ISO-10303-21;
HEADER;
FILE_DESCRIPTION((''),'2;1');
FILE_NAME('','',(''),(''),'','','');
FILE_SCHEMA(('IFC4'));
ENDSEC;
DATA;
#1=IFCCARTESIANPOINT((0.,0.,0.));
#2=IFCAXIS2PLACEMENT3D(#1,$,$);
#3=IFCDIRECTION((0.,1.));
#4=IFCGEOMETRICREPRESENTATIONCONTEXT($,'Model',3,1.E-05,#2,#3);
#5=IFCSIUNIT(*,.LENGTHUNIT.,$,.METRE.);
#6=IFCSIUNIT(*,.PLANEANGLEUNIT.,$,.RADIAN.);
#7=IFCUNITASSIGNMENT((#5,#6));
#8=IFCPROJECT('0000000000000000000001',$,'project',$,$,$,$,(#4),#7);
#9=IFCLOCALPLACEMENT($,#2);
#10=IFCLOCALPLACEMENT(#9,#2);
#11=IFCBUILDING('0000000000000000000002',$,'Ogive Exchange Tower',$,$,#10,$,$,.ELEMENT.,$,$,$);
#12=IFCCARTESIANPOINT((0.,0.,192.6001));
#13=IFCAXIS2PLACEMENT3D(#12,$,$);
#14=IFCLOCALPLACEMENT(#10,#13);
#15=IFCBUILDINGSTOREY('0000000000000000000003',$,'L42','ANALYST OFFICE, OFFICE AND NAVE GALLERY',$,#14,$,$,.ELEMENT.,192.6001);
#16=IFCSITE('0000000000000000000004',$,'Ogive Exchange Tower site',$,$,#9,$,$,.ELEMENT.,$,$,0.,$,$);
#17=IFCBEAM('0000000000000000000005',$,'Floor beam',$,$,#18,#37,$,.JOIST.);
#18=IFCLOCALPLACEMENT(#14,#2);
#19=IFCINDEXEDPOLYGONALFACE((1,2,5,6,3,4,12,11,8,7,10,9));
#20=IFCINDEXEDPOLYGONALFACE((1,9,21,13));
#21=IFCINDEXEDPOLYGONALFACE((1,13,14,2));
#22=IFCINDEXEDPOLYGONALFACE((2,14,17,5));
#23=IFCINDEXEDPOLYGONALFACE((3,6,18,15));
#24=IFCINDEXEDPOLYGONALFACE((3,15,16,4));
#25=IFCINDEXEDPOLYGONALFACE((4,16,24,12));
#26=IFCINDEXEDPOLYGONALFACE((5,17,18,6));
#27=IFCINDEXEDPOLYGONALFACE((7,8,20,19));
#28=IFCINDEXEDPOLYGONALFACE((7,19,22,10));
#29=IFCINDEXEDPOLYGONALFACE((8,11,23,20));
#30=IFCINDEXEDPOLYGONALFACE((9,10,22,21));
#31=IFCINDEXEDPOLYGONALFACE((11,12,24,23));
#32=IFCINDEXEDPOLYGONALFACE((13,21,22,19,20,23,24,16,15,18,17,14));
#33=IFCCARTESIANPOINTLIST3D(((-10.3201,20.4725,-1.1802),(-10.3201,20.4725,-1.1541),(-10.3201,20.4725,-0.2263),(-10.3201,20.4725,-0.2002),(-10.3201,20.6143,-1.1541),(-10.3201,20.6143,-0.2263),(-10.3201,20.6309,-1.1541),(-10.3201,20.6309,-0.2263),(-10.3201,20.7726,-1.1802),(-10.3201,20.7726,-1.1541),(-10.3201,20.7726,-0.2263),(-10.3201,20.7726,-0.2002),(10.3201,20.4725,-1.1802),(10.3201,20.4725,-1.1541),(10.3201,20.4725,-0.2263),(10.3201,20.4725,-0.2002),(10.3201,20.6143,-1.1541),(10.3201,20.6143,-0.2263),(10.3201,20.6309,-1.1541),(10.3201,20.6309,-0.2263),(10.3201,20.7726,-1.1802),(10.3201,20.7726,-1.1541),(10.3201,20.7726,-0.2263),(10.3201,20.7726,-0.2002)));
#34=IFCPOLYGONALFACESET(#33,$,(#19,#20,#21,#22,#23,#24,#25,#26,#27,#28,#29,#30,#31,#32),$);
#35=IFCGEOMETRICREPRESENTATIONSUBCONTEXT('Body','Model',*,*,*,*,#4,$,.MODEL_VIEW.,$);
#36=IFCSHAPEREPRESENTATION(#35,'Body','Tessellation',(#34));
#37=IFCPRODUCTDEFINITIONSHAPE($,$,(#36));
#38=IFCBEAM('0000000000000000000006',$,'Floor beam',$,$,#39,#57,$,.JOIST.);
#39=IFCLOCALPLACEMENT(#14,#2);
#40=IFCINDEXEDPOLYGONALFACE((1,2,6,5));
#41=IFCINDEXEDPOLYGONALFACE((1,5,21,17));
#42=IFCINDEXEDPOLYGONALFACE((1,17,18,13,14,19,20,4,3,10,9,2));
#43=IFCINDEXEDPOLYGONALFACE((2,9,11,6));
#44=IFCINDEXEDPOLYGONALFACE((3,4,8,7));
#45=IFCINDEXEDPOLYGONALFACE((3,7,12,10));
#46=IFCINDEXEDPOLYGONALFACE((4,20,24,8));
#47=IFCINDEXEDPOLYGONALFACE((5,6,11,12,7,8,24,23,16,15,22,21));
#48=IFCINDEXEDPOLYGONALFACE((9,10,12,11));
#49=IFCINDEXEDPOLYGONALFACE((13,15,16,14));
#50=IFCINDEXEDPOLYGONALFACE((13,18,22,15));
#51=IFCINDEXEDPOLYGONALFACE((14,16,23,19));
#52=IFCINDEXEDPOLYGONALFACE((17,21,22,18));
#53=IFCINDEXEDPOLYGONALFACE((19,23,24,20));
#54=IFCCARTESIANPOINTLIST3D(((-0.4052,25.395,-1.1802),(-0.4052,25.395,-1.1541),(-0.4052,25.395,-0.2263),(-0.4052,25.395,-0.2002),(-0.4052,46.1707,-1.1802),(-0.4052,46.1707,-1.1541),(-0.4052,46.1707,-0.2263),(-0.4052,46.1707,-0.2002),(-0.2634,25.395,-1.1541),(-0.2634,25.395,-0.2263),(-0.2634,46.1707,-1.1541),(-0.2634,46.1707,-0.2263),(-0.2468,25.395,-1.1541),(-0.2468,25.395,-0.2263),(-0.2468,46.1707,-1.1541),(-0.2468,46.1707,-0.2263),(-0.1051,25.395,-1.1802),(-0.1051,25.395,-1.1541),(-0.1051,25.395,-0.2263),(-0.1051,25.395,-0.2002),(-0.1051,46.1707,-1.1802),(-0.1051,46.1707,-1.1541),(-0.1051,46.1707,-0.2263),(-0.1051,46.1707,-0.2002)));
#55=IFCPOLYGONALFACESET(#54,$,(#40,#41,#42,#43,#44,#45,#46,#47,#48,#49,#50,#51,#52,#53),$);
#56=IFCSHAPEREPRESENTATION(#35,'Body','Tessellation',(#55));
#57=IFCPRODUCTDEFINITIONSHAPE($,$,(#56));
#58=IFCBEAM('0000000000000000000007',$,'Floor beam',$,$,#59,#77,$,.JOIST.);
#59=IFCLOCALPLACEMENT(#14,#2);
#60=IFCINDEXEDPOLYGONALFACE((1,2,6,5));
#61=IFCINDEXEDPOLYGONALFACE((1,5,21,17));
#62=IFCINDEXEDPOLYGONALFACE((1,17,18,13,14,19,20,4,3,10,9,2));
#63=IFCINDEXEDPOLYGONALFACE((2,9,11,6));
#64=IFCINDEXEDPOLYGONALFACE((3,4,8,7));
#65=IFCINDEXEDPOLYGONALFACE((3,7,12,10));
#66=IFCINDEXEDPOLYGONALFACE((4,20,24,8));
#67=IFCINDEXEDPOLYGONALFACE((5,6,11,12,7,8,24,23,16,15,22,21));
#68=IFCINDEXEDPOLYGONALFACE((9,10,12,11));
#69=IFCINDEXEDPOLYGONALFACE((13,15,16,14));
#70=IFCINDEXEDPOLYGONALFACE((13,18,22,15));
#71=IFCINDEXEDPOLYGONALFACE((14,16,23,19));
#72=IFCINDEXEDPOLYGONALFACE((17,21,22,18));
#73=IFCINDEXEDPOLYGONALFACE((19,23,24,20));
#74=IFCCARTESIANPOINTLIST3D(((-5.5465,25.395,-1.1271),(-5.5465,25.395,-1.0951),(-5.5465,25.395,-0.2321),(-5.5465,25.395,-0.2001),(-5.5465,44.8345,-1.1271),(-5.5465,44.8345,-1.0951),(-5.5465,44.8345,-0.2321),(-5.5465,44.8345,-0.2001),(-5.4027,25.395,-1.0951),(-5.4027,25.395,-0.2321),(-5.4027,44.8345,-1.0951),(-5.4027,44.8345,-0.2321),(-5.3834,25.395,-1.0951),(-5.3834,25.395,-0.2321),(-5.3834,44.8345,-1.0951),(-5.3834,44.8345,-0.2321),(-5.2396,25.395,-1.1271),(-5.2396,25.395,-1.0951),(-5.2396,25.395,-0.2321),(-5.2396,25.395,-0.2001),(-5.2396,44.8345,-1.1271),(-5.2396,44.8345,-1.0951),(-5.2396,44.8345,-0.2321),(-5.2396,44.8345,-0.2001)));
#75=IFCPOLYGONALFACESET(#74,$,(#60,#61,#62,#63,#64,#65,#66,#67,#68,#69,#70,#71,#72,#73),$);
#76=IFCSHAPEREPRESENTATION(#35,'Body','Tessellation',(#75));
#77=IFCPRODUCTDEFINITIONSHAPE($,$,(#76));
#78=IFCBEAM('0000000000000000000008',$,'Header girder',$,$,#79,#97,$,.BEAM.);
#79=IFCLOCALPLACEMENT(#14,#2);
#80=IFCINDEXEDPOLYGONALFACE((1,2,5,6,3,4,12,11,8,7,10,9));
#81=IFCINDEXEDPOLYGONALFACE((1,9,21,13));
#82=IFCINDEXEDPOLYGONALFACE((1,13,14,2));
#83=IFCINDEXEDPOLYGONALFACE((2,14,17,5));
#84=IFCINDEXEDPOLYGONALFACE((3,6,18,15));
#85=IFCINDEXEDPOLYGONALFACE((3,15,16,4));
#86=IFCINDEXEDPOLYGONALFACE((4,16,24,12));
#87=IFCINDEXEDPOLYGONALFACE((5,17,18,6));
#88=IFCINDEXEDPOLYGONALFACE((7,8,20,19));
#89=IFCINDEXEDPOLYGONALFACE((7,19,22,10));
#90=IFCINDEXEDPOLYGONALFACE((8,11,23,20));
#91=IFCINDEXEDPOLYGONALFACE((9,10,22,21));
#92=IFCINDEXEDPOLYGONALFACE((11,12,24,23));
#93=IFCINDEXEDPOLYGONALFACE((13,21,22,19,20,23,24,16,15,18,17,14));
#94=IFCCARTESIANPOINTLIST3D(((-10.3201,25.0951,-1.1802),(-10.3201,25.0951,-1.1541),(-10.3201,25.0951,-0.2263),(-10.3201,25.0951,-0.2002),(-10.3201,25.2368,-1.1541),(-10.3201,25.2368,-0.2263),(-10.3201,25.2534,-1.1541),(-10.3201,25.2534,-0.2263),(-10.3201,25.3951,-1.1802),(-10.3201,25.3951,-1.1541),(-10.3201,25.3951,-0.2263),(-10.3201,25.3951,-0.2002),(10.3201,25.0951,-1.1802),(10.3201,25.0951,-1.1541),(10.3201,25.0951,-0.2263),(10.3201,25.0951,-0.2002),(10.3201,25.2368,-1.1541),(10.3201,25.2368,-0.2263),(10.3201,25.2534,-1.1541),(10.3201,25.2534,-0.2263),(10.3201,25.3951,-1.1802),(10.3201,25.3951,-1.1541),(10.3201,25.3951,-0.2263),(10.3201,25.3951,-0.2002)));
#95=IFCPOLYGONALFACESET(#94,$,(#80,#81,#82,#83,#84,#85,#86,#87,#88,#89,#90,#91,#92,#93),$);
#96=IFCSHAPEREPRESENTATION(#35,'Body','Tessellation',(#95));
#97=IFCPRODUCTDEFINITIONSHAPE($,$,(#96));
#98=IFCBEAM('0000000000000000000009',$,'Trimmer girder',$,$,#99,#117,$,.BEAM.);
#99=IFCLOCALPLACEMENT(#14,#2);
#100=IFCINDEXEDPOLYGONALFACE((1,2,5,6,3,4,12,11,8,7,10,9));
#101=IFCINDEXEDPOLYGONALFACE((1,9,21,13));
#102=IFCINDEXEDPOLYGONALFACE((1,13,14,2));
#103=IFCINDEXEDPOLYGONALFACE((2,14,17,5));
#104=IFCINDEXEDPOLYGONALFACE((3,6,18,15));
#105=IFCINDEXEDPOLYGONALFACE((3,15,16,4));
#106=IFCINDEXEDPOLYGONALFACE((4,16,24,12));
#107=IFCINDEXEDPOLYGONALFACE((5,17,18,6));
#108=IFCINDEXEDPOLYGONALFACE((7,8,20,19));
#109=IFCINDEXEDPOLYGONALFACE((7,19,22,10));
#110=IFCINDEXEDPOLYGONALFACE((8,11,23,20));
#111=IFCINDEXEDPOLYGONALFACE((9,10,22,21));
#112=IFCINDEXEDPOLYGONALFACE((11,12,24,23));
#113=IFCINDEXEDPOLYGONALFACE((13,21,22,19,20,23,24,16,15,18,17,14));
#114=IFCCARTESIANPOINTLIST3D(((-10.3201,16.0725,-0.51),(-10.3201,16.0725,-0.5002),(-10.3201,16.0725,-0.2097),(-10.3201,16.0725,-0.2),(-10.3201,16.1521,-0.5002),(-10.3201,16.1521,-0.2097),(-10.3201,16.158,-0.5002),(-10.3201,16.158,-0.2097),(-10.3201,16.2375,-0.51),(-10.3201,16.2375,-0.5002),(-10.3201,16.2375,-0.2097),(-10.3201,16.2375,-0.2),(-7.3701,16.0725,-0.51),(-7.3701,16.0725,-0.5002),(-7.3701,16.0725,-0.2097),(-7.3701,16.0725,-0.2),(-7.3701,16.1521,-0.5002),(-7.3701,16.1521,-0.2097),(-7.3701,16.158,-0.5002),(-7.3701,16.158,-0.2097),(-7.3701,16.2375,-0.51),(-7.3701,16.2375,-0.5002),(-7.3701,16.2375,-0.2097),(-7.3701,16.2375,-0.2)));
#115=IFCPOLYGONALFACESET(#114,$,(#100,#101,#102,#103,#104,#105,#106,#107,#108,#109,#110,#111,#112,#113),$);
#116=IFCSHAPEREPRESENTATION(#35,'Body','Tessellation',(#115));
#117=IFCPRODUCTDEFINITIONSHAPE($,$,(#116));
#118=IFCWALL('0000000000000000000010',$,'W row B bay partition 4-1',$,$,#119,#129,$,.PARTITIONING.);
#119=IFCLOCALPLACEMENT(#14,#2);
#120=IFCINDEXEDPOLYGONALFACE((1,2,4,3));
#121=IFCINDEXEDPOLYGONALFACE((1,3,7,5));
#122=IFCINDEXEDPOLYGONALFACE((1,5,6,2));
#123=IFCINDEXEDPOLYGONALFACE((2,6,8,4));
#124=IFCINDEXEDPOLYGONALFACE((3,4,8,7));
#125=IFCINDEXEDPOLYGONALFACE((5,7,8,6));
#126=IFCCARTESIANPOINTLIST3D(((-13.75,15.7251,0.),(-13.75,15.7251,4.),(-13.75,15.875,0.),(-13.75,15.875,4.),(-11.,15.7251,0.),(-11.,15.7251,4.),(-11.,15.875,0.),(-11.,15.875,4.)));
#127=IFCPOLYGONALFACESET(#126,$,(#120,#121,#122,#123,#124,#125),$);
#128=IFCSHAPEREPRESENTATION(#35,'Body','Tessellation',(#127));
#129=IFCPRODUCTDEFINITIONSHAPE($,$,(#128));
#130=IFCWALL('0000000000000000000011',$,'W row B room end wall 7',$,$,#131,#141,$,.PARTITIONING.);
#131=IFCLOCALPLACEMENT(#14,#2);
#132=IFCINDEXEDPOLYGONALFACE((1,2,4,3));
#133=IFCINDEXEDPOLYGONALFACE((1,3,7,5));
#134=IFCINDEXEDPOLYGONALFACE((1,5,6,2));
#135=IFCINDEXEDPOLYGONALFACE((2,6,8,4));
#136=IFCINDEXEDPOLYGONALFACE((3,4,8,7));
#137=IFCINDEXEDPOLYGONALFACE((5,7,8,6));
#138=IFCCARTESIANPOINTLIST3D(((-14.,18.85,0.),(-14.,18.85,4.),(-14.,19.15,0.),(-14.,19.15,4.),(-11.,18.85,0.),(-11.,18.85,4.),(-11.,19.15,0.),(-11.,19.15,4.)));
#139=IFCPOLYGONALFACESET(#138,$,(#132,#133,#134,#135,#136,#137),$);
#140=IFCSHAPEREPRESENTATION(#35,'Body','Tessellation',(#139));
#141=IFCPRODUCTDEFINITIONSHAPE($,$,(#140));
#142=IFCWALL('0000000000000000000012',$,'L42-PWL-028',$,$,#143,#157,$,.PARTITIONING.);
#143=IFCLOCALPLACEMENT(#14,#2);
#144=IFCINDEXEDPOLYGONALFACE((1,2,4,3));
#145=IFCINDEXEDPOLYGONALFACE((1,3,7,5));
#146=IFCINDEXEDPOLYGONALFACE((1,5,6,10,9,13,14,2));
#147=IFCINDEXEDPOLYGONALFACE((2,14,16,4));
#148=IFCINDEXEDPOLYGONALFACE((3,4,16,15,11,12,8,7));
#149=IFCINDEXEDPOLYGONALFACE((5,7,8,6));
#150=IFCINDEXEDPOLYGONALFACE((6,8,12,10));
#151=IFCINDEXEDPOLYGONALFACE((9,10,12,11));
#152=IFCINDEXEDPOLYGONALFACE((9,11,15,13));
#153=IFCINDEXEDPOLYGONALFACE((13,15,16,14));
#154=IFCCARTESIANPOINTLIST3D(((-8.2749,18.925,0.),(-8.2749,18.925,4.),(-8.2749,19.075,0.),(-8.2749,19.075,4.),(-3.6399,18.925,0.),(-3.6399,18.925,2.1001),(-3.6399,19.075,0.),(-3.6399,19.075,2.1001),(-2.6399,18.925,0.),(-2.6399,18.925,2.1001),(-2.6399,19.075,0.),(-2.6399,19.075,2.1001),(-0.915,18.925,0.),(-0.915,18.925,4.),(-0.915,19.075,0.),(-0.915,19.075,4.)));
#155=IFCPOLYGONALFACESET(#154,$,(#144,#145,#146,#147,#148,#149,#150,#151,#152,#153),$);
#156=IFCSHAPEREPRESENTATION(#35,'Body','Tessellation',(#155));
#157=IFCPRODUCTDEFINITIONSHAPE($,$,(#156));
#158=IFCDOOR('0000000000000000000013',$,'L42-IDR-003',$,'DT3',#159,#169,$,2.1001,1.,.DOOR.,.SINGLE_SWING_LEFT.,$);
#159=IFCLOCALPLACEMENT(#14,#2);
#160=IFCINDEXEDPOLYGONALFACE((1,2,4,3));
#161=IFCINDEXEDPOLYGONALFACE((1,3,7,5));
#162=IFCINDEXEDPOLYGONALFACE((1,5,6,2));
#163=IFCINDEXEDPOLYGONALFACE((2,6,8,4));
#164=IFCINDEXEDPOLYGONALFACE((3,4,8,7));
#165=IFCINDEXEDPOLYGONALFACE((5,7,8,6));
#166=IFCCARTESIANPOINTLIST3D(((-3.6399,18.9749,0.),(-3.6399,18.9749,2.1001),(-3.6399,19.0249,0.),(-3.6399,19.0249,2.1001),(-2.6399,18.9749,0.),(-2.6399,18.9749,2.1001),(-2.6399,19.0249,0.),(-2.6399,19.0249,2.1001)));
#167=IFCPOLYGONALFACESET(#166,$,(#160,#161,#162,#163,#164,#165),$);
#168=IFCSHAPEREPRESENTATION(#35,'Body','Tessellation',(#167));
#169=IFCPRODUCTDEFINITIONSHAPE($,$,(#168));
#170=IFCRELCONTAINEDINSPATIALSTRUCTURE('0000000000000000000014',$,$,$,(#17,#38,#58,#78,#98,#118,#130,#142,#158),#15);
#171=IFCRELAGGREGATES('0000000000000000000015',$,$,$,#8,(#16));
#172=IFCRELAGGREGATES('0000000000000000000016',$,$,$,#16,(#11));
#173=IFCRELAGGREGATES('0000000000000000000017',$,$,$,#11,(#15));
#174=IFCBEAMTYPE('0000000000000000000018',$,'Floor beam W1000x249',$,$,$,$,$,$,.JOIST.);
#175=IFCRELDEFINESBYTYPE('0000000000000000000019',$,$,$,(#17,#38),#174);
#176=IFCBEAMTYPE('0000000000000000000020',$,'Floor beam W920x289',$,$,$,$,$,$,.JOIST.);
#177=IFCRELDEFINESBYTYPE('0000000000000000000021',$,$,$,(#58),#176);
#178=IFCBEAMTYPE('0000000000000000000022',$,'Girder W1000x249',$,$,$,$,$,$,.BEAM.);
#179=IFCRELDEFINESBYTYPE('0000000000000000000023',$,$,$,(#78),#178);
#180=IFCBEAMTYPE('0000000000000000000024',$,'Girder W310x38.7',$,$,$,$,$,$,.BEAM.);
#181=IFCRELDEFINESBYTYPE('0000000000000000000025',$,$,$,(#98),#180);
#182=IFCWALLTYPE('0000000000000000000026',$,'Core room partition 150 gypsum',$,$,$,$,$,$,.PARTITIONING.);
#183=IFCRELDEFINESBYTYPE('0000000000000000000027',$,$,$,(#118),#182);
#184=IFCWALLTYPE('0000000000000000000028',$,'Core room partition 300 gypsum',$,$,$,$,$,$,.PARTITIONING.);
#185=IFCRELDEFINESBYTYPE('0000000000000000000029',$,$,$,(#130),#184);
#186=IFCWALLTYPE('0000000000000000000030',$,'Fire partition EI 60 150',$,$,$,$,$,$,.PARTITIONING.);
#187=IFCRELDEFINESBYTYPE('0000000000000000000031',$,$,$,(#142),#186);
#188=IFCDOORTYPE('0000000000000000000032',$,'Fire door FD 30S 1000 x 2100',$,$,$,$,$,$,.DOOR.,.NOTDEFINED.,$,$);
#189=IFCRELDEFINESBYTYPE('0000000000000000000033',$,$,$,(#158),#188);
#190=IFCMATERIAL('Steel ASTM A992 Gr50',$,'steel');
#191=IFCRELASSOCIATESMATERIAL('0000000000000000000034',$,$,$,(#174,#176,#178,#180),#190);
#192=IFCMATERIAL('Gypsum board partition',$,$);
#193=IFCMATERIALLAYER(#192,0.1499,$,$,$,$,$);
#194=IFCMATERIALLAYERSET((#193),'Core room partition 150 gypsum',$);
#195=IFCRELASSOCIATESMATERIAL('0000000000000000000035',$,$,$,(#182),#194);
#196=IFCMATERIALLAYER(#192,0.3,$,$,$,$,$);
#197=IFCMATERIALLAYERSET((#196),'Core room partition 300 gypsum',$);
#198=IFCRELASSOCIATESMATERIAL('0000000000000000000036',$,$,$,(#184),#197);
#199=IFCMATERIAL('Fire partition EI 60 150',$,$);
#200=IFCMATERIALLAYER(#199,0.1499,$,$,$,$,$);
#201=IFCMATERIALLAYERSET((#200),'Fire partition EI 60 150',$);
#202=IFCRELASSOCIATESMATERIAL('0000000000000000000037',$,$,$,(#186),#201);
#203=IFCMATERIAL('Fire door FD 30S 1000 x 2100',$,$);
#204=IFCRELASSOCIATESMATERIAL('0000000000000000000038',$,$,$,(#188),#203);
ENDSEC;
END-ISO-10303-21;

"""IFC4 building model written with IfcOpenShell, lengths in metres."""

from ifc_helpers import new_model, si_unit, direction, frame, frame_2d, origin, origin_2d, place, context, subcontext, project, spatial, rectangle, i_section, extrude, material, layer, layer_set, material_profile, profile_set, type_object, element, fill, save


model = new_model("IFC4")

# Units and contexts
model_context = context("Model", 3, precision=1e-05, world=origin(), true_north=direction((0.0, 1.0)))
body_context = subcontext(model_context, "Body", "Model", "MODEL_VIEW")
ifc_project = project(units=[si_unit("LENGTHUNIT", "METRE"), si_unit("PLANEANGLEUNIT", "RADIAN")], contexts=[model_context])

# Site, building, storey
site_placement = place(None, origin())
site = spatial("IfcSite", under=ifc_project, at=site_placement, Name="Ogive Exchange Tower site", CompositionType="ELEMENT", RefElevation=0.0)
building_placement = place(site_placement, origin())
building = spatial("IfcBuilding", under=site, at=building_placement, Name="Ogive Exchange Tower", CompositionType="ELEMENT")
storey_placement = place(building_placement, frame((0.0, 0.0, 192.6001)))
storey = spatial("IfcBuildingStorey", under=building, at=storey_placement, Name="L42", Description="ANALYST OFFICE, OFFICE AND NAVE GALLERY", CompositionType="ELEMENT", Elevation=192.6001)

# Beams
ifc_material_1 = material(Name="Steel ASTM A992 Gr50", Category="steel")
ifc_material_profile_1 = material_profile(ifc_material_1, i_section(OverallWidth=0.3, OverallDepth=0.98, WebThickness=0.0166, FlangeThickness=0.0261, at=origin_2d()), Name="W1000x249")
ifc_profile_set_1 = profile_set([ifc_material_profile_1], Name="Steel ASTM A992 Gr50")
beam_type_1 = type_object("IfcBeamType", Name="Floor beam W1000x249", PredefinedType="JOIST", material=ifc_profile_set_1)
beam_1_placement = place(storey_placement, frame((-10.3201, 20.6226, -0.6902), z_axis=(1.0, 0.0, 0.0), x_axis=(0.0, 1.0, 0.0)))
element("IfcBeam", 1, at=beam_1_placement, inside=storey, type_object=beam_type_1, Name="Floor beam", PredefinedType="JOIST", context=body_context, shape_type="SweptSolid", body=[
    extrude(i_section(OverallWidth=0.3, OverallDepth=0.98, WebThickness=0.0166, FlangeThickness=0.0261, at=origin_2d()), origin(), (0.0, 0.0, 1.0), 20.6401),
])
beam_2_placement = place(storey_placement, frame((-0.2551, 25.395, -0.6902), z_axis=(0.0, 1.0, 0.0), x_axis=(-1.0, 0.0, 0.0)))
element("IfcBeam", 2, at=beam_2_placement, inside=storey, type_object=beam_type_1, Name="Floor beam", PredefinedType="JOIST", context=body_context, shape_type="SweptSolid", body=[
    extrude(i_section(OverallWidth=0.3, OverallDepth=0.98, WebThickness=0.0166, FlangeThickness=0.0261, at=origin_2d()), origin(), (0.0, 0.0, 1.0), 20.7756),
])
ifc_material_profile_2 = material_profile(ifc_material_1, i_section(OverallWidth=0.3069, OverallDepth=0.927, WebThickness=0.0193, FlangeThickness=0.032, at=origin_2d()), Name="W920x289")
ifc_profile_set_2 = profile_set([ifc_material_profile_2], Name="Steel ASTM A992 Gr50")
beam_type_2 = type_object("IfcBeamType", Name="Floor beam W920x289", PredefinedType="JOIST", material=ifc_profile_set_2)
beam_3_placement = place(storey_placement, frame((-5.3931, 25.395, -0.6636), z_axis=(0.0, 1.0, 0.0), x_axis=(-1.0, 0.0, 0.0)))
element("IfcBeam", 3, at=beam_3_placement, inside=storey, type_object=beam_type_2, Name="Floor beam", PredefinedType="JOIST", context=body_context, shape_type="SweptSolid", body=[
    extrude(i_section(OverallWidth=0.3069, OverallDepth=0.927, WebThickness=0.0193, FlangeThickness=0.032, at=origin_2d()), origin(), (0.0, 0.0, 1.0), 19.4395),
])
ifc_material_profile_3 = material_profile(ifc_material_1, i_section(OverallWidth=0.3, OverallDepth=0.98, WebThickness=0.0166, FlangeThickness=0.0261, at=origin_2d()), Name="W1000x249")
ifc_profile_set_3 = profile_set([ifc_material_profile_3], Name="Steel ASTM A992 Gr50")
beam_type_3 = type_object("IfcBeamType", Name="Girder W1000x249", PredefinedType="BEAM", material=ifc_profile_set_3)
beam_4_placement = place(storey_placement, frame((-10.3201, 25.2451, -0.6902), z_axis=(1.0, 0.0, 0.0), x_axis=(0.0, 1.0, 0.0)))
element("IfcBeam", 4, at=beam_4_placement, inside=storey, type_object=beam_type_3, Name="Header girder", PredefinedType="BEAM", context=body_context, shape_type="SweptSolid", body=[
    extrude(i_section(OverallWidth=0.3, OverallDepth=0.98, WebThickness=0.0166, FlangeThickness=0.0261, at=origin_2d()), origin(), (0.0, 0.0, 1.0), 20.6401),
])
ifc_material_profile_4 = material_profile(ifc_material_1, i_section(OverallWidth=0.165, OverallDepth=0.3101, WebThickness=0.0059, FlangeThickness=0.0098, at=origin_2d()), Name="W310x38.7")
ifc_profile_set_4 = profile_set([ifc_material_profile_4], Name="Steel ASTM A992 Gr50")
beam_type_4 = type_object("IfcBeamType", Name="Girder W310x38.7", PredefinedType="BEAM", material=ifc_profile_set_4)
beam_5_placement = place(storey_placement, frame((-10.3201, 16.155, -0.355), z_axis=(1.0, 0.0, 0.0), x_axis=(0.0, 1.0, 0.0)))
element("IfcBeam", 5, at=beam_5_placement, inside=storey, type_object=beam_type_4, Name="Trimmer girder", PredefinedType="BEAM", context=body_context, shape_type="SweptSolid", body=[
    extrude(i_section(OverallWidth=0.165, OverallDepth=0.3101, WebThickness=0.0059, FlangeThickness=0.0098, at=origin_2d()), origin(), (0.0, 0.0, 1.0), 2.95),
])

# Walls
ifc_material_2 = material(Name="Gypsum board partition")
ifc_layer_1 = layer(ifc_material_2, 0.1499)
ifc_layer_set_1 = layer_set([ifc_layer_1], Name="Core room partition 150 gypsum")
wall_type_1 = type_object("IfcWallType", Name="Core room partition 150 gypsum", PredefinedType="PARTITIONING", material=ifc_layer_set_1)
wall_1_placement = place(storey_placement, frame((-13.75, 15.8, 0.0), z_axis=(0.0, 0.0, 1.0), x_axis=(1.0, 0.0, 0.0)))
element("IfcWall", 6, at=wall_1_placement, inside=storey, type_object=wall_type_1, Name="W row B bay partition 4-1", PredefinedType="PARTITIONING", context=body_context, shape_type="SweptSolid", body=[
    extrude(rectangle(XDim=2.75, YDim=0.1499, at=frame_2d((1.375, 0.0))), origin(), (0.0, 0.0, 1.0), 4.0),
])
ifc_layer_2 = layer(ifc_material_2, 0.3)
ifc_layer_set_2 = layer_set([ifc_layer_2], Name="Core room partition 300 gypsum")
wall_type_2 = type_object("IfcWallType", Name="Core room partition 300 gypsum", PredefinedType="PARTITIONING", material=ifc_layer_set_2)
wall_2_placement = place(storey_placement, frame((-14.0, 19.0, 0.0), z_axis=(0.0, 0.0, 1.0), x_axis=(1.0, 0.0, 0.0)))
element("IfcWall", 7, at=wall_2_placement, inside=storey, type_object=wall_type_2, Name="W row B room end wall 7", PredefinedType="PARTITIONING", context=body_context, shape_type="SweptSolid", body=[
    extrude(rectangle(XDim=3.0, YDim=0.3, at=frame_2d((1.5, 0.0))), origin(), (0.0, 0.0, 1.0), 4.0),
])

# Wall, opening, door
ifc_material_3 = material(Name="Fire partition EI 60 150")
ifc_layer_3 = layer(ifc_material_3, 0.1499)
ifc_layer_set_3 = layer_set([ifc_layer_3], Name="Fire partition EI 60 150")
wall_type_3 = type_object("IfcWallType", Name="Fire partition EI 60 150", PredefinedType="PARTITIONING", material=ifc_layer_set_3)
wall_3_placement = place(storey_placement, frame((-8.2749, 19.0, 0.0), z_axis=(0.0, 0.0, 1.0), x_axis=(1.0, 0.0, 0.0)))
wall_3 = element("IfcWall", 8, at=wall_3_placement, inside=storey, type_object=wall_type_3, Name="L42-PWL-028", PredefinedType="PARTITIONING", context=body_context, shape_type="SweptSolid", body=[
    extrude(rectangle(XDim=7.3599, YDim=0.1499, at=frame_2d((3.6799, 0.0))), origin(), (0.0, 0.0, 1.0), 4.0),
])
opening_1_placement = place(wall_3_placement, frame((4.635, 0.0, 0.0)))
opening_1 = element("IfcOpeningElement", 9, at=opening_1_placement, cuts=wall_3, PredefinedType="OPENING", context=body_context, shape_type="SweptSolid", body=[
    extrude(rectangle(XDim=1.0, YDim=2.1001, at=frame_2d((0.5, 1.05))), frame((0.0, 0.085, 0.0), z_axis=(0.0, -1.0, 0.0), x_axis=(1.0, 0.0, 0.0)), (0.0, 0.0, 1.0), 0.1699),
])
ifc_material_4 = material(Name="Fire door FD 30S 1000 x 2100")
door_type_1 = type_object("IfcDoorType", Name="Fire door FD 30S 1000 x 2100", OperationType="NOTDEFINED", PredefinedType="DOOR", material=ifc_material_4)
door_1_placement = place(opening_1_placement, origin())
door_1 = element("IfcDoor", 10, at=door_1_placement, inside=storey, type_object=door_type_1, Name="L42-IDR-003", ObjectType="DT3", OperationType="SINGLE_SWING_LEFT", OverallHeight=2.1001, OverallWidth=1.0, PredefinedType="DOOR", context=body_context, shape_type="SweptSolid", body=[
    extrude(rectangle(XDim=1.0, YDim=2.1001, at=frame_2d((0.5, 1.05))), frame((0.0, 0.0249, 0.0), z_axis=(0.0, -1.0, 0.0), x_axis=(1.0, 0.0, 0.0)), (0.0, 0.0, 1.0), 0.05),
])
fill(opening_1, door_1)

save(model, "model.ifc")
